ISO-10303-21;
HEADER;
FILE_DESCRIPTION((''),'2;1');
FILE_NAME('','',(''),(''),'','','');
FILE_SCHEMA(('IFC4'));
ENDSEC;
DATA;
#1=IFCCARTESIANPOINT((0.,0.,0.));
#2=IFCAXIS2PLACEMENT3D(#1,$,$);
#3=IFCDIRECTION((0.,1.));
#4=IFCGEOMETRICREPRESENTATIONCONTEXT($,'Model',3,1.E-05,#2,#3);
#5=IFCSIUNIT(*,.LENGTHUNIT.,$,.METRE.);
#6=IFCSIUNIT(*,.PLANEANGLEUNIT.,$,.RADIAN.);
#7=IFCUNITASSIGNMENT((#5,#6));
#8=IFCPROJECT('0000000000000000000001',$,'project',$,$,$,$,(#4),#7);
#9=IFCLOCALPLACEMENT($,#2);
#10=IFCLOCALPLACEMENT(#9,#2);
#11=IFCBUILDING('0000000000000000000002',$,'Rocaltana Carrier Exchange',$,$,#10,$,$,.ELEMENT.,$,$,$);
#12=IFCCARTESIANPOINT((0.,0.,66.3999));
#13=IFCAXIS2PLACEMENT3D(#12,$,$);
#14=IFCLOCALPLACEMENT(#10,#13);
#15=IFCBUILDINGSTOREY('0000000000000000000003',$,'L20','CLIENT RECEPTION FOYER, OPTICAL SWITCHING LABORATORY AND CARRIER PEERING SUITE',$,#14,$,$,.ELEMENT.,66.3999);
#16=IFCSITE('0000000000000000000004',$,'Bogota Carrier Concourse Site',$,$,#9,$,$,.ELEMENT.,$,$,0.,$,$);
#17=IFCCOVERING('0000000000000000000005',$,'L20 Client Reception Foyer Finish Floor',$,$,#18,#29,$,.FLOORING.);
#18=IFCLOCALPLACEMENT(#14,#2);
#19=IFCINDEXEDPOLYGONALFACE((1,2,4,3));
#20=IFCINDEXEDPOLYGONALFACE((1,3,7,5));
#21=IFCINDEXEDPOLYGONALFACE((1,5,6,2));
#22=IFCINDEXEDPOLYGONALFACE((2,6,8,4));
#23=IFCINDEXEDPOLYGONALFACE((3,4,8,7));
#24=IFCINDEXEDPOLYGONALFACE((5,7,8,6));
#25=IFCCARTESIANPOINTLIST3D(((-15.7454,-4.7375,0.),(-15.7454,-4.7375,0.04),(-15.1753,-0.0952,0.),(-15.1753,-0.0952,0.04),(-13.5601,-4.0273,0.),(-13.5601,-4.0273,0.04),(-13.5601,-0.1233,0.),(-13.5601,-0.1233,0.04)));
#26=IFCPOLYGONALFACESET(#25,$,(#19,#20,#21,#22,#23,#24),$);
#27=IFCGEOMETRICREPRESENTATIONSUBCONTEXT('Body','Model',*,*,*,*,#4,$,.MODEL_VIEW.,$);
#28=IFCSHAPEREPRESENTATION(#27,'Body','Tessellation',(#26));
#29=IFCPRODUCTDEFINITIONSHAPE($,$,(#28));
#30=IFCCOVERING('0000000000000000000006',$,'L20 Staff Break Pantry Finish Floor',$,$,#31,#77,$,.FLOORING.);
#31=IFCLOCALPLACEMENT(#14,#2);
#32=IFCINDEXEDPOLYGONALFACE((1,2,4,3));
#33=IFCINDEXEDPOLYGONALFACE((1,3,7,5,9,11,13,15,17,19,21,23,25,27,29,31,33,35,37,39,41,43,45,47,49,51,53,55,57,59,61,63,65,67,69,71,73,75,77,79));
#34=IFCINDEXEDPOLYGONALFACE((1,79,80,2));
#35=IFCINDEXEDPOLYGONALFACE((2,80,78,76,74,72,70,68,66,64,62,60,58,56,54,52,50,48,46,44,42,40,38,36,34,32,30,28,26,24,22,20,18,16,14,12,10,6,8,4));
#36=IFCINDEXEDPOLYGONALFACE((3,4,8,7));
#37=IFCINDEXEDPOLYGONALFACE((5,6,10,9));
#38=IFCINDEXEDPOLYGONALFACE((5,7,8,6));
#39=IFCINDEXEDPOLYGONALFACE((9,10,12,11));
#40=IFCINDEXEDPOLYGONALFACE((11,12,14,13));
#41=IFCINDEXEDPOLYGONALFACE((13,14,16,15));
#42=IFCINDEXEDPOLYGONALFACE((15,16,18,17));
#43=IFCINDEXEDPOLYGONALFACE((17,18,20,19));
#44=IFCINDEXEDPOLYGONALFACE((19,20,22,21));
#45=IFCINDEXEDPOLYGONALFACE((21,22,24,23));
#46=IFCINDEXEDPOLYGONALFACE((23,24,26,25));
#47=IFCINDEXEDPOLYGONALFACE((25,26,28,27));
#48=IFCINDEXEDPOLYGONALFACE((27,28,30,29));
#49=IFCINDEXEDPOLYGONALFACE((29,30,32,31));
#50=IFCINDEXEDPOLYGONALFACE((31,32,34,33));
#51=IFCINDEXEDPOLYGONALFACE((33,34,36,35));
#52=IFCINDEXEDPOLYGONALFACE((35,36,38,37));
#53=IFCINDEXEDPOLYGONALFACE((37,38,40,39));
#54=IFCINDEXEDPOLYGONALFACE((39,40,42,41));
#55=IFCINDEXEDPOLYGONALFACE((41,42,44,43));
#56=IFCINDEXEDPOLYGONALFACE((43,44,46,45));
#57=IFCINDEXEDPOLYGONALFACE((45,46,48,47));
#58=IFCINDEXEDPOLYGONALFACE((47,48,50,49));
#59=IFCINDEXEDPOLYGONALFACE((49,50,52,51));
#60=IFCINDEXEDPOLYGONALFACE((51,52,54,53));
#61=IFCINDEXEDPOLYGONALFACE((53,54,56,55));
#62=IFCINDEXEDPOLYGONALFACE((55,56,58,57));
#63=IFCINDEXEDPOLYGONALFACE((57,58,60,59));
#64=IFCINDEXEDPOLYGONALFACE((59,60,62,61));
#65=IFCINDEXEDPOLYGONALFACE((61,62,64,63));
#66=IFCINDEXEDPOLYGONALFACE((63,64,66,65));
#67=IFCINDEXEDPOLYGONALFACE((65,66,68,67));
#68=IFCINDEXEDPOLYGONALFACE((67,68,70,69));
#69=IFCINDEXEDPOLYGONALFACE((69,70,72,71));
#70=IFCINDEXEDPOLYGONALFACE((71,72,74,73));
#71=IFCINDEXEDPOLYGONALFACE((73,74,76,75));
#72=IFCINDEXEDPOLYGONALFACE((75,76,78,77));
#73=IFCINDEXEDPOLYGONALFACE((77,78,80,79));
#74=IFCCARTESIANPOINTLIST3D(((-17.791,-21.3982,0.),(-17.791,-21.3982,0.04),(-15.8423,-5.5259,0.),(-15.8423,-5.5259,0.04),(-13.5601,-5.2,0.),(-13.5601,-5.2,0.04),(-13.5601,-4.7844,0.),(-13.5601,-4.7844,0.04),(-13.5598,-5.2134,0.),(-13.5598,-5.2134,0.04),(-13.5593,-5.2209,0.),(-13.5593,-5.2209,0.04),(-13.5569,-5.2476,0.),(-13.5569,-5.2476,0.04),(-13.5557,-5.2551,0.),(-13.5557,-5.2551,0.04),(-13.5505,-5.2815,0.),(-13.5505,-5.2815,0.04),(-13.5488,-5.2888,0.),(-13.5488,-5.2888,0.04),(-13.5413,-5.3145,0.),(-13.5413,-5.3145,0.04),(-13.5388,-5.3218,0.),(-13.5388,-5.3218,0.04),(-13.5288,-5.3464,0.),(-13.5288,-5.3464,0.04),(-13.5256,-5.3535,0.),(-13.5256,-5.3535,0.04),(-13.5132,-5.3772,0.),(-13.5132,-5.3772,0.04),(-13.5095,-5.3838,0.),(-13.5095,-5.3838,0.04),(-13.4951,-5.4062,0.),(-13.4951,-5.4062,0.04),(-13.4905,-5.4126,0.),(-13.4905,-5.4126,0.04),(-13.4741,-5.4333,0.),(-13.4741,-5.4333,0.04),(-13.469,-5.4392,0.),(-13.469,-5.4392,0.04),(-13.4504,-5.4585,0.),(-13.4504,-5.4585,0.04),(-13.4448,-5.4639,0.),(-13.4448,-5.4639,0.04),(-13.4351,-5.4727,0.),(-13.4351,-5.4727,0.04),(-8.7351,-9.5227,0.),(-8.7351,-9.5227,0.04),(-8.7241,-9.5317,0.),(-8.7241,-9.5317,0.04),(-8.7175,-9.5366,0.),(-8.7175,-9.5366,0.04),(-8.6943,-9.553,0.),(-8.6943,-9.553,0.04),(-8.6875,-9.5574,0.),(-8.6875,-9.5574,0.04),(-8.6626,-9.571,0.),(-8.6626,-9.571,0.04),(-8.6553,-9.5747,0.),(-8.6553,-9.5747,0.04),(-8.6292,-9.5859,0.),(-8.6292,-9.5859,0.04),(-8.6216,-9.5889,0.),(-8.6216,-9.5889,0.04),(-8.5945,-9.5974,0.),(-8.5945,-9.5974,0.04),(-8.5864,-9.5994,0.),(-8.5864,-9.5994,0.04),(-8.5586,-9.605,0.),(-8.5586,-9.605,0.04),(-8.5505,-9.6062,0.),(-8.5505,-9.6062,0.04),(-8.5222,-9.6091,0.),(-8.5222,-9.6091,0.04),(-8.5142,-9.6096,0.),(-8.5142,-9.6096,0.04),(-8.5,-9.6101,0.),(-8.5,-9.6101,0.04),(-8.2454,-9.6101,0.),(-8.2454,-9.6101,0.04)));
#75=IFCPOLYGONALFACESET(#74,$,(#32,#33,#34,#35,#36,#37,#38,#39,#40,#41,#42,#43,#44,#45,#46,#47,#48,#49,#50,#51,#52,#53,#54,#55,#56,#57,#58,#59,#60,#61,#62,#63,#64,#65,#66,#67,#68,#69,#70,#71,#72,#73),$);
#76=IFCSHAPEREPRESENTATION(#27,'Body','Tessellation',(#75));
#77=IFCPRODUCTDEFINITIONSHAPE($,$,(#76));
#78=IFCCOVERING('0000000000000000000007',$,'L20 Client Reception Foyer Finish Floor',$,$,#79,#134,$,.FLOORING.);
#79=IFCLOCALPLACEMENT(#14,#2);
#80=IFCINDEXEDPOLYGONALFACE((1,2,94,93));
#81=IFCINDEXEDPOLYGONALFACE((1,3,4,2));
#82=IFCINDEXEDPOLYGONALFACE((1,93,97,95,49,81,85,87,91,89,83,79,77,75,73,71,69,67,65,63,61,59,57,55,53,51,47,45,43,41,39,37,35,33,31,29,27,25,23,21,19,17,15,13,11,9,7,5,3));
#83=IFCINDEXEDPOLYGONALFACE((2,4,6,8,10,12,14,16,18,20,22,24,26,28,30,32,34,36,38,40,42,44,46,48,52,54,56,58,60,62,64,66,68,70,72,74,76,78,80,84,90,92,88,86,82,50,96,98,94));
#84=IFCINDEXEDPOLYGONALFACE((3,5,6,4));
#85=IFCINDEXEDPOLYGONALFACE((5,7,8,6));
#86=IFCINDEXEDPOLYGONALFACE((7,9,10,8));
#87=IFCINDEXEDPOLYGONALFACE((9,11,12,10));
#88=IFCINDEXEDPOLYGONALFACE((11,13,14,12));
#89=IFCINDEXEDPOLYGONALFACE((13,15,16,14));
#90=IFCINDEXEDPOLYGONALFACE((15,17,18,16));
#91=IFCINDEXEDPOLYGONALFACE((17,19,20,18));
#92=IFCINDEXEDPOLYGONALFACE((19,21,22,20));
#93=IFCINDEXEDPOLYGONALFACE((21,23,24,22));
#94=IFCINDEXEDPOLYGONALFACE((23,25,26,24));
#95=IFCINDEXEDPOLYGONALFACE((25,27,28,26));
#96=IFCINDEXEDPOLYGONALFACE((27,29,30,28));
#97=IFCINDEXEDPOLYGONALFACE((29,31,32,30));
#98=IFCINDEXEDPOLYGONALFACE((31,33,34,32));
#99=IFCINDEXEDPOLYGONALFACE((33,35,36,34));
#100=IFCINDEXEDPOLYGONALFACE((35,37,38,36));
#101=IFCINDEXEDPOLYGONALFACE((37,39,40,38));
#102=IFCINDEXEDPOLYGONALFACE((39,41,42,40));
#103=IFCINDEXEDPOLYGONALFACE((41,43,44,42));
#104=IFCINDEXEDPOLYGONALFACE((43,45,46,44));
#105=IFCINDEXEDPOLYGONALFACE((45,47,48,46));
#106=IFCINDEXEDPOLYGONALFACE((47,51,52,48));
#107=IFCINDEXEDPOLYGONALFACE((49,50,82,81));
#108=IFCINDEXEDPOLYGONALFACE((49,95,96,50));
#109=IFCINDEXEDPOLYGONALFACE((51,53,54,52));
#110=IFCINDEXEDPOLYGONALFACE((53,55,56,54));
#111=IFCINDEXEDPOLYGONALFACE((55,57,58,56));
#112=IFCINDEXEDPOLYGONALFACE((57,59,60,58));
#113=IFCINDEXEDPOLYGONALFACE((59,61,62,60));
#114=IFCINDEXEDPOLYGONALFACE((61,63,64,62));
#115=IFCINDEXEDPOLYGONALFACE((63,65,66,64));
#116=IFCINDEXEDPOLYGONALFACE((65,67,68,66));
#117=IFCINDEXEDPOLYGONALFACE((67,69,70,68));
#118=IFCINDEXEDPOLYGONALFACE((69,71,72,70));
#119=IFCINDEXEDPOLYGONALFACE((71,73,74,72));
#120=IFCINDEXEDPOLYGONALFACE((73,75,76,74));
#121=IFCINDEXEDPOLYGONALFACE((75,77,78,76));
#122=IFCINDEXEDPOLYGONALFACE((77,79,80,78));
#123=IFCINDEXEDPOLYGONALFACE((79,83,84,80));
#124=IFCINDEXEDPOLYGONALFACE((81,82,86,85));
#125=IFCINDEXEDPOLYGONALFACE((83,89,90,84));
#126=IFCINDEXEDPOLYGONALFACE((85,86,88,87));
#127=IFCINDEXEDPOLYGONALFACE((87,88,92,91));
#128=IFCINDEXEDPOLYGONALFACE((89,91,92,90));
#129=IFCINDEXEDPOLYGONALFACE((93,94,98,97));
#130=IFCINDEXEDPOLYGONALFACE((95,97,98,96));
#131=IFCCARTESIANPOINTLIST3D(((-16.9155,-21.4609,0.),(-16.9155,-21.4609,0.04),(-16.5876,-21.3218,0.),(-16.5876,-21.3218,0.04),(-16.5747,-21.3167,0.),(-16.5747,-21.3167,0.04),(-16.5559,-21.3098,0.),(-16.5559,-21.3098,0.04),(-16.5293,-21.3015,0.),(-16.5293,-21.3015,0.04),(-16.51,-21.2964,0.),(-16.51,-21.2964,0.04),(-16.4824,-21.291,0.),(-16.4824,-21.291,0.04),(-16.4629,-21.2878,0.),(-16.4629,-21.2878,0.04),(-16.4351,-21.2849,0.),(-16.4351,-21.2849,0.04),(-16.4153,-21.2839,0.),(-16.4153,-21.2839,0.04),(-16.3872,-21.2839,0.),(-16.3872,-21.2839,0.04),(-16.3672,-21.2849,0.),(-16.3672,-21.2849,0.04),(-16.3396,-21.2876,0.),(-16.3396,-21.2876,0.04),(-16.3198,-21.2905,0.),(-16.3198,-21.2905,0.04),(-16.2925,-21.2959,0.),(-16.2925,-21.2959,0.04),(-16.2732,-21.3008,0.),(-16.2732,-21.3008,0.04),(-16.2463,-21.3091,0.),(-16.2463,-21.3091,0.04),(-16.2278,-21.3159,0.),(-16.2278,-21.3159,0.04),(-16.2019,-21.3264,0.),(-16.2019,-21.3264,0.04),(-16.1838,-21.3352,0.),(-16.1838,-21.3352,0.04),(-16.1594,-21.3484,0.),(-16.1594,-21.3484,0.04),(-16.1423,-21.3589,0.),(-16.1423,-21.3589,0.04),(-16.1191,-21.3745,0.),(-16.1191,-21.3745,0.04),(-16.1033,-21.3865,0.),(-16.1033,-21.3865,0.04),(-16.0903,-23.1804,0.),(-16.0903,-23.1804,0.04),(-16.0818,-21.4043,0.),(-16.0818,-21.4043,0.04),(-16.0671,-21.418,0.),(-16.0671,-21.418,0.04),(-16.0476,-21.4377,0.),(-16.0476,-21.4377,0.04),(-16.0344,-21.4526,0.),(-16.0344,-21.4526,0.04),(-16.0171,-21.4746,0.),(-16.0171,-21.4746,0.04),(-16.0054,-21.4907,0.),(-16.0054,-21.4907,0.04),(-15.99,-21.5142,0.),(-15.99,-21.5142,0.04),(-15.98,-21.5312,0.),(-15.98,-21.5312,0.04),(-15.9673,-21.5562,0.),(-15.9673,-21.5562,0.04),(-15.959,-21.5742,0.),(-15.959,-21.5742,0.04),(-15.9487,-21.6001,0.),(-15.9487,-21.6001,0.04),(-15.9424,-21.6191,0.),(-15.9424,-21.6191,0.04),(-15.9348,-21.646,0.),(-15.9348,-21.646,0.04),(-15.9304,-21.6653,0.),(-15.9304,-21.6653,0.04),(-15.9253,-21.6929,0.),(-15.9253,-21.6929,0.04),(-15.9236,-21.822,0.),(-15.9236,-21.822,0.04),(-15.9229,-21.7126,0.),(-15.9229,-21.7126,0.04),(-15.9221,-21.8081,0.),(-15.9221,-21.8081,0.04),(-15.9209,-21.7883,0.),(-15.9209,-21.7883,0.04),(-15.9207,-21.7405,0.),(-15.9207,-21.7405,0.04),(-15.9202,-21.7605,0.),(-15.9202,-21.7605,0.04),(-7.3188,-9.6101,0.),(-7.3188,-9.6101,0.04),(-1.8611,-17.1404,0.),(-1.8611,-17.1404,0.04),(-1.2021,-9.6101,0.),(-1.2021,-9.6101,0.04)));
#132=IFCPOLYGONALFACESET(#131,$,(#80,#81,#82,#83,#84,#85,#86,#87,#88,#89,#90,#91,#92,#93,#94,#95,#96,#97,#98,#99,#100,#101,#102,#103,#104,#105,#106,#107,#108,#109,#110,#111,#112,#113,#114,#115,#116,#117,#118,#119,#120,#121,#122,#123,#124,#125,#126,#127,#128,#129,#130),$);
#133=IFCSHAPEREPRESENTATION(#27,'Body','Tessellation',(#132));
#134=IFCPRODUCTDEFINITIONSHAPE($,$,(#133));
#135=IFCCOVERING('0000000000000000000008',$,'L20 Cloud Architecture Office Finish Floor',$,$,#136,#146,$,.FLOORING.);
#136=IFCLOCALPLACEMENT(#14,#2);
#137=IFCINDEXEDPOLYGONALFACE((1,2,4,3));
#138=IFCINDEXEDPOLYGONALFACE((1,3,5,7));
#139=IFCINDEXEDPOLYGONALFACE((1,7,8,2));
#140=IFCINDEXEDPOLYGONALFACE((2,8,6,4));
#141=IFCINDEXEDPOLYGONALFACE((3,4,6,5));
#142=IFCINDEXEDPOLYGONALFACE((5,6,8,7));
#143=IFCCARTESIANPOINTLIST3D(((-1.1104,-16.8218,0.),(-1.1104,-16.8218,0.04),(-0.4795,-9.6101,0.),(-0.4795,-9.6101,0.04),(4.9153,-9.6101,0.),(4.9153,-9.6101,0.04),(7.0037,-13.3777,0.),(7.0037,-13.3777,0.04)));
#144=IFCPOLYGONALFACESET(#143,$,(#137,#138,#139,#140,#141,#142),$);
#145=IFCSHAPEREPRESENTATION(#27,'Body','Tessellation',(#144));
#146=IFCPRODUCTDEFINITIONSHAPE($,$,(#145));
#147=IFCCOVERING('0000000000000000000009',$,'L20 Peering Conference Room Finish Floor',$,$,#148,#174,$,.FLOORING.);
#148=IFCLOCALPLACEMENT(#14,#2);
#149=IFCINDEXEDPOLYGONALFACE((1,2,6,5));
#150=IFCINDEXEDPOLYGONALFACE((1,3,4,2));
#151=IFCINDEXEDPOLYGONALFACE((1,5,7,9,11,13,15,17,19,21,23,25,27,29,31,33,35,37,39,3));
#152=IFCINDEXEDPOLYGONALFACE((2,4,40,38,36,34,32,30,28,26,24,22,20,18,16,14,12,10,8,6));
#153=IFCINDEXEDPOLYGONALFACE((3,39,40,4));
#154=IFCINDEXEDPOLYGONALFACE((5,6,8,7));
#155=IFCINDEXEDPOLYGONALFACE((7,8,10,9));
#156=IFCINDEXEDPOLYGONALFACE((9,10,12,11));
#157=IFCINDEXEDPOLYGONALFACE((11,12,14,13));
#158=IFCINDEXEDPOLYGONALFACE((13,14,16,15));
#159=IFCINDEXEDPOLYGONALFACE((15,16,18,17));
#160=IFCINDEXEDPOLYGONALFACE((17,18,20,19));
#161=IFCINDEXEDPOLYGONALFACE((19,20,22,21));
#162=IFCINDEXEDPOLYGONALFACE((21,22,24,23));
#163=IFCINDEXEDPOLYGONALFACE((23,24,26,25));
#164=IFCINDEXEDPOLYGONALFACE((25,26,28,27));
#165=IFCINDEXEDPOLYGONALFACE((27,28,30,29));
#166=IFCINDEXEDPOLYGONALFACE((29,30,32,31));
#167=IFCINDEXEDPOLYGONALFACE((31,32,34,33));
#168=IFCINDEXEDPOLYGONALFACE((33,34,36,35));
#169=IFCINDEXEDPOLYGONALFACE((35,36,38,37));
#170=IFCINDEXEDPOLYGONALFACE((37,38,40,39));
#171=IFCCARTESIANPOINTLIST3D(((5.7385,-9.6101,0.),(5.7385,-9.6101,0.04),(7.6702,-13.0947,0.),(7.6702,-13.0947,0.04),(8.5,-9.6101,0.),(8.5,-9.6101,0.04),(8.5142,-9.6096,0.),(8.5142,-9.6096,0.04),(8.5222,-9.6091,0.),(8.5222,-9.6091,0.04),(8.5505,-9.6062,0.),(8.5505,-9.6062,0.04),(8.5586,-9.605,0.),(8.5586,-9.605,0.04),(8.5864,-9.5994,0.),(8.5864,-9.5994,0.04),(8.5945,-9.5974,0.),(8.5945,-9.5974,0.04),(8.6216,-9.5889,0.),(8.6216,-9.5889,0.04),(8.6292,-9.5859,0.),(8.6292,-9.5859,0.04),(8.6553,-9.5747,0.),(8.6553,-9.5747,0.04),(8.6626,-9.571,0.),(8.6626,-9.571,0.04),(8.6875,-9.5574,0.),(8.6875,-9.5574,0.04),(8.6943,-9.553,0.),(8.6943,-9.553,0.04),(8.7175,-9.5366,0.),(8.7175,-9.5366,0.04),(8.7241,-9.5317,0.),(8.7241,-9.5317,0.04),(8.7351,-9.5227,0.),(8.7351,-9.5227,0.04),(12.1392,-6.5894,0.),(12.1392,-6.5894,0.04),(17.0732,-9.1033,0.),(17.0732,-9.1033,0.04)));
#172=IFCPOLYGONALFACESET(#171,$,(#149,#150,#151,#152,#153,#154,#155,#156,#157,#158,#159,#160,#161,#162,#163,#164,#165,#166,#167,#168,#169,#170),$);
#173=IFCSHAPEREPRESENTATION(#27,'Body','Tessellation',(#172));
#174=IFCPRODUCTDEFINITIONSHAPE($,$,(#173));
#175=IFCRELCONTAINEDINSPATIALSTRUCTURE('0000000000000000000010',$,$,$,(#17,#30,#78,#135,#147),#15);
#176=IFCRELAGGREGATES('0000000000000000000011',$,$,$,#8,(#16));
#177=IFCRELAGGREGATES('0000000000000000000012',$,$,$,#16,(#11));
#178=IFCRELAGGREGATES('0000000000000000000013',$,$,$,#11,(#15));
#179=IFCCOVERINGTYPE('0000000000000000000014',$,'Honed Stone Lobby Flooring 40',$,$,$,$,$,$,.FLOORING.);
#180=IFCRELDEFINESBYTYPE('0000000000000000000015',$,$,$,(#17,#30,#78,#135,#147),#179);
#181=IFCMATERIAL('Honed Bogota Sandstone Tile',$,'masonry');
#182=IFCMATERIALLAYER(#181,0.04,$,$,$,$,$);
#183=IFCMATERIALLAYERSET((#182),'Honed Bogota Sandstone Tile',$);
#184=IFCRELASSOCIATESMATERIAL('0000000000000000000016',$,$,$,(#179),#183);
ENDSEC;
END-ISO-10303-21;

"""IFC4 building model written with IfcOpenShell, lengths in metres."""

from ifc_helpers import new_model, si_unit, direction, frame, origin, place, context, subcontext, project, spatial, polyline, outline, extrude, material, layer, layer_set, type_object, element, save


model = new_model("IFC4")

# Units and contexts
model_context = context("Model", 3, precision=1e-05, world=origin(), true_north=direction((0.0, 1.0)))
body_context = subcontext(model_context, "Body", "Model", "MODEL_VIEW")
ifc_project = project(units=[si_unit("LENGTHUNIT", "METRE"), si_unit("PLANEANGLEUNIT", "RADIAN")], contexts=[model_context])

# Site, building, storey
site_placement = place(None, origin())
site = spatial("IfcSite", under=ifc_project, at=site_placement, Name="Bogota Carrier Concourse Site", CompositionType="ELEMENT", RefElevation=0.0)
building_placement = place(site_placement, origin())
building = spatial("IfcBuilding", under=site, at=building_placement, Name="Rocaltana Carrier Exchange", CompositionType="ELEMENT")
storey_placement = place(building_placement, frame((0.0, 0.0, 66.3999)))
storey = spatial("IfcBuildingStorey", under=building, at=storey_placement, Name="L20", Description="CLIENT RECEPTION FOYER, OPTICAL SWITCHING LABORATORY AND CARRIER PEERING SUITE", CompositionType="ELEMENT", Elevation=66.3999)

# Coverings
ifc_material_1 = material(Name="Honed Bogota Sandstone Tile", Category="masonry")
ifc_layer_1 = layer(ifc_material_1, 0.04)
ifc_layer_set_1 = layer_set([ifc_layer_1], Name="Honed Bogota Sandstone Tile")
covering_type_1 = type_object("IfcCoveringType", Name="Honed Stone Lobby Flooring 40", PredefinedType="FLOORING", material=ifc_layer_set_1)
covering_1_placement = place(storey_placement, origin())
element("IfcCovering", 1, at=covering_1_placement, inside=storey, type_object=covering_type_1, Name="L20 Client Reception Foyer Finish Floor", PredefinedType="FLOORING", context=body_context, shape_type="SweptSolid", body=[
    extrude(outline(polyline([(-15.1753, -0.0952), (-13.5601, -0.1233), (-13.5601, -4.0273), (-15.7454, -4.7375), (-15.1753, -0.0952)])), origin(), (0.0, 0.0, 1.0), 0.04),
])
covering_2_placement = place(storey_placement, origin())
element("IfcCovering", 2, at=covering_2_placement, inside=storey, type_object=covering_type_1, Name="L20 Staff Break Pantry Finish Floor", PredefinedType="FLOORING", context=body_context, shape_type="SweptSolid", body=[
    extrude(outline(polyline([(-17.791, -21.3982), (-15.8423, -5.5259), (-13.5601, -4.7844), (-13.5601, -5.2), (-13.5598, -5.2134), (-13.5593, -5.2209), (-13.5569, -5.2476), (-13.5557, -5.2551), (-13.5505, -5.2815), (-13.5488, -5.2888), (-13.5413, -5.3145), (-13.5388, -5.3218), (-13.5288, -5.3464), (-13.5256, -5.3535), (-13.5132, -5.3772), (-13.5095, -5.3838), (-13.4951, -5.4062), (-13.4905, -5.4126), (-13.4741, -5.4333), (-13.469, -5.4392), (-13.4504, -5.4585), (-13.4448, -5.4639), (-13.4351, -5.4727), (-8.7351, -9.5227), (-8.7241, -9.5317), (-8.7175, -9.5366), (-8.6943, -9.553), (-8.6875, -9.5574), (-8.6626, -9.571), (-8.6553, -9.5747), (-8.6292, -9.5859), (-8.6216, -9.5889), (-8.5945, -9.5974), (-8.5864, -9.5994), (-8.5586, -9.605), (-8.5505, -9.6062), (-8.5222, -9.6091), (-8.5142, -9.6096), (-8.5, -9.6101), (-8.2454, -9.6101), (-17.791, -21.3982)])), origin(), (0.0, 0.0, 1.0), 0.04),
])
covering_3_placement = place(storey_placement, origin())
element("IfcCovering", 3, at=covering_3_placement, inside=storey, type_object=covering_type_1, Name="L20 Client Reception Foyer Finish Floor", PredefinedType="FLOORING", context=body_context, shape_type="SweptSolid", body=[
    extrude(outline(polyline([(-15.9236, -21.822), (-15.9221, -21.8081), (-15.9209, -21.7883), (-15.9202, -21.7605), (-15.9207, -21.7405), (-15.9229, -21.7126), (-15.9253, -21.6929), (-15.9304, -21.6653), (-15.9348, -21.646), (-15.9424, -21.6191), (-15.9487, -21.6001), (-15.959, -21.5742), (-15.9673, -21.5562), (-15.98, -21.5312), (-15.99, -21.5142), (-16.0054, -21.4907), (-16.0171, -21.4746), (-16.0344, -21.4526), (-16.0476, -21.4377), (-16.0671, -21.418), (-16.0818, -21.4043), (-16.1033, -21.3865), (-16.1191, -21.3745), (-16.1423, -21.3589), (-16.1594, -21.3484), (-16.1838, -21.3352), (-16.2019, -21.3264), (-16.2278, -21.3159), (-16.2463, -21.3091), (-16.2732, -21.3008), (-16.2925, -21.2959), (-16.3198, -21.2905), (-16.3396, -21.2876), (-16.3672, -21.2849), (-16.3872, -21.2839), (-16.4153, -21.2839), (-16.4351, -21.2849), (-16.4629, -21.2878), (-16.4824, -21.291), (-16.51, -21.2964), (-16.5293, -21.3015), (-16.5559, -21.3098), (-16.5747, -21.3167), (-16.5876, -21.3218), (-16.9155, -21.4609), (-7.3188, -9.6101), (-1.2021, -9.6101), (-1.8611, -17.1404), (-16.0903, -23.1804), (-15.9236, -21.822)])), origin(), (0.0, 0.0, 1.0), 0.04),
])
covering_4_placement = place(storey_placement, origin())
element("IfcCovering", 4, at=covering_4_placement, inside=storey, type_object=covering_type_1, Name="L20 Cloud Architecture Office Finish Floor", PredefinedType="FLOORING", context=body_context, shape_type="SweptSolid", body=[
    extrude(outline(polyline([(-1.1104, -16.8218), (-0.4795, -9.6101), (4.9153, -9.6101), (7.0037, -13.3777), (-1.1104, -16.8218)])), origin(), (0.0, 0.0, 1.0), 0.04),
])
covering_5_placement = place(storey_placement, origin())
element("IfcCovering", 5, at=covering_5_placement, inside=storey, type_object=covering_type_1, Name="L20 Peering Conference Room Finish Floor", PredefinedType="FLOORING", context=body_context, shape_type="SweptSolid", body=[
    extrude(outline(polyline([(7.6702, -13.0947), (5.7385, -9.6101), (8.5, -9.6101), (8.5142, -9.6096), (8.5222, -9.6091), (8.5505, -9.6062), (8.5586, -9.605), (8.5864, -9.5994), (8.5945, -9.5974), (8.6216, -9.5889), (8.6292, -9.5859), (8.6553, -9.5747), (8.6626, -9.571), (8.6875, -9.5574), (8.6943, -9.553), (8.7175, -9.5366), (8.7241, -9.5317), (8.7351, -9.5227), (12.1392, -6.5894), (17.0732, -9.1033), (7.6702, -13.0947)])), origin(), (0.0, 0.0, 1.0), 0.04),
])

save(model, "model.ifc")
